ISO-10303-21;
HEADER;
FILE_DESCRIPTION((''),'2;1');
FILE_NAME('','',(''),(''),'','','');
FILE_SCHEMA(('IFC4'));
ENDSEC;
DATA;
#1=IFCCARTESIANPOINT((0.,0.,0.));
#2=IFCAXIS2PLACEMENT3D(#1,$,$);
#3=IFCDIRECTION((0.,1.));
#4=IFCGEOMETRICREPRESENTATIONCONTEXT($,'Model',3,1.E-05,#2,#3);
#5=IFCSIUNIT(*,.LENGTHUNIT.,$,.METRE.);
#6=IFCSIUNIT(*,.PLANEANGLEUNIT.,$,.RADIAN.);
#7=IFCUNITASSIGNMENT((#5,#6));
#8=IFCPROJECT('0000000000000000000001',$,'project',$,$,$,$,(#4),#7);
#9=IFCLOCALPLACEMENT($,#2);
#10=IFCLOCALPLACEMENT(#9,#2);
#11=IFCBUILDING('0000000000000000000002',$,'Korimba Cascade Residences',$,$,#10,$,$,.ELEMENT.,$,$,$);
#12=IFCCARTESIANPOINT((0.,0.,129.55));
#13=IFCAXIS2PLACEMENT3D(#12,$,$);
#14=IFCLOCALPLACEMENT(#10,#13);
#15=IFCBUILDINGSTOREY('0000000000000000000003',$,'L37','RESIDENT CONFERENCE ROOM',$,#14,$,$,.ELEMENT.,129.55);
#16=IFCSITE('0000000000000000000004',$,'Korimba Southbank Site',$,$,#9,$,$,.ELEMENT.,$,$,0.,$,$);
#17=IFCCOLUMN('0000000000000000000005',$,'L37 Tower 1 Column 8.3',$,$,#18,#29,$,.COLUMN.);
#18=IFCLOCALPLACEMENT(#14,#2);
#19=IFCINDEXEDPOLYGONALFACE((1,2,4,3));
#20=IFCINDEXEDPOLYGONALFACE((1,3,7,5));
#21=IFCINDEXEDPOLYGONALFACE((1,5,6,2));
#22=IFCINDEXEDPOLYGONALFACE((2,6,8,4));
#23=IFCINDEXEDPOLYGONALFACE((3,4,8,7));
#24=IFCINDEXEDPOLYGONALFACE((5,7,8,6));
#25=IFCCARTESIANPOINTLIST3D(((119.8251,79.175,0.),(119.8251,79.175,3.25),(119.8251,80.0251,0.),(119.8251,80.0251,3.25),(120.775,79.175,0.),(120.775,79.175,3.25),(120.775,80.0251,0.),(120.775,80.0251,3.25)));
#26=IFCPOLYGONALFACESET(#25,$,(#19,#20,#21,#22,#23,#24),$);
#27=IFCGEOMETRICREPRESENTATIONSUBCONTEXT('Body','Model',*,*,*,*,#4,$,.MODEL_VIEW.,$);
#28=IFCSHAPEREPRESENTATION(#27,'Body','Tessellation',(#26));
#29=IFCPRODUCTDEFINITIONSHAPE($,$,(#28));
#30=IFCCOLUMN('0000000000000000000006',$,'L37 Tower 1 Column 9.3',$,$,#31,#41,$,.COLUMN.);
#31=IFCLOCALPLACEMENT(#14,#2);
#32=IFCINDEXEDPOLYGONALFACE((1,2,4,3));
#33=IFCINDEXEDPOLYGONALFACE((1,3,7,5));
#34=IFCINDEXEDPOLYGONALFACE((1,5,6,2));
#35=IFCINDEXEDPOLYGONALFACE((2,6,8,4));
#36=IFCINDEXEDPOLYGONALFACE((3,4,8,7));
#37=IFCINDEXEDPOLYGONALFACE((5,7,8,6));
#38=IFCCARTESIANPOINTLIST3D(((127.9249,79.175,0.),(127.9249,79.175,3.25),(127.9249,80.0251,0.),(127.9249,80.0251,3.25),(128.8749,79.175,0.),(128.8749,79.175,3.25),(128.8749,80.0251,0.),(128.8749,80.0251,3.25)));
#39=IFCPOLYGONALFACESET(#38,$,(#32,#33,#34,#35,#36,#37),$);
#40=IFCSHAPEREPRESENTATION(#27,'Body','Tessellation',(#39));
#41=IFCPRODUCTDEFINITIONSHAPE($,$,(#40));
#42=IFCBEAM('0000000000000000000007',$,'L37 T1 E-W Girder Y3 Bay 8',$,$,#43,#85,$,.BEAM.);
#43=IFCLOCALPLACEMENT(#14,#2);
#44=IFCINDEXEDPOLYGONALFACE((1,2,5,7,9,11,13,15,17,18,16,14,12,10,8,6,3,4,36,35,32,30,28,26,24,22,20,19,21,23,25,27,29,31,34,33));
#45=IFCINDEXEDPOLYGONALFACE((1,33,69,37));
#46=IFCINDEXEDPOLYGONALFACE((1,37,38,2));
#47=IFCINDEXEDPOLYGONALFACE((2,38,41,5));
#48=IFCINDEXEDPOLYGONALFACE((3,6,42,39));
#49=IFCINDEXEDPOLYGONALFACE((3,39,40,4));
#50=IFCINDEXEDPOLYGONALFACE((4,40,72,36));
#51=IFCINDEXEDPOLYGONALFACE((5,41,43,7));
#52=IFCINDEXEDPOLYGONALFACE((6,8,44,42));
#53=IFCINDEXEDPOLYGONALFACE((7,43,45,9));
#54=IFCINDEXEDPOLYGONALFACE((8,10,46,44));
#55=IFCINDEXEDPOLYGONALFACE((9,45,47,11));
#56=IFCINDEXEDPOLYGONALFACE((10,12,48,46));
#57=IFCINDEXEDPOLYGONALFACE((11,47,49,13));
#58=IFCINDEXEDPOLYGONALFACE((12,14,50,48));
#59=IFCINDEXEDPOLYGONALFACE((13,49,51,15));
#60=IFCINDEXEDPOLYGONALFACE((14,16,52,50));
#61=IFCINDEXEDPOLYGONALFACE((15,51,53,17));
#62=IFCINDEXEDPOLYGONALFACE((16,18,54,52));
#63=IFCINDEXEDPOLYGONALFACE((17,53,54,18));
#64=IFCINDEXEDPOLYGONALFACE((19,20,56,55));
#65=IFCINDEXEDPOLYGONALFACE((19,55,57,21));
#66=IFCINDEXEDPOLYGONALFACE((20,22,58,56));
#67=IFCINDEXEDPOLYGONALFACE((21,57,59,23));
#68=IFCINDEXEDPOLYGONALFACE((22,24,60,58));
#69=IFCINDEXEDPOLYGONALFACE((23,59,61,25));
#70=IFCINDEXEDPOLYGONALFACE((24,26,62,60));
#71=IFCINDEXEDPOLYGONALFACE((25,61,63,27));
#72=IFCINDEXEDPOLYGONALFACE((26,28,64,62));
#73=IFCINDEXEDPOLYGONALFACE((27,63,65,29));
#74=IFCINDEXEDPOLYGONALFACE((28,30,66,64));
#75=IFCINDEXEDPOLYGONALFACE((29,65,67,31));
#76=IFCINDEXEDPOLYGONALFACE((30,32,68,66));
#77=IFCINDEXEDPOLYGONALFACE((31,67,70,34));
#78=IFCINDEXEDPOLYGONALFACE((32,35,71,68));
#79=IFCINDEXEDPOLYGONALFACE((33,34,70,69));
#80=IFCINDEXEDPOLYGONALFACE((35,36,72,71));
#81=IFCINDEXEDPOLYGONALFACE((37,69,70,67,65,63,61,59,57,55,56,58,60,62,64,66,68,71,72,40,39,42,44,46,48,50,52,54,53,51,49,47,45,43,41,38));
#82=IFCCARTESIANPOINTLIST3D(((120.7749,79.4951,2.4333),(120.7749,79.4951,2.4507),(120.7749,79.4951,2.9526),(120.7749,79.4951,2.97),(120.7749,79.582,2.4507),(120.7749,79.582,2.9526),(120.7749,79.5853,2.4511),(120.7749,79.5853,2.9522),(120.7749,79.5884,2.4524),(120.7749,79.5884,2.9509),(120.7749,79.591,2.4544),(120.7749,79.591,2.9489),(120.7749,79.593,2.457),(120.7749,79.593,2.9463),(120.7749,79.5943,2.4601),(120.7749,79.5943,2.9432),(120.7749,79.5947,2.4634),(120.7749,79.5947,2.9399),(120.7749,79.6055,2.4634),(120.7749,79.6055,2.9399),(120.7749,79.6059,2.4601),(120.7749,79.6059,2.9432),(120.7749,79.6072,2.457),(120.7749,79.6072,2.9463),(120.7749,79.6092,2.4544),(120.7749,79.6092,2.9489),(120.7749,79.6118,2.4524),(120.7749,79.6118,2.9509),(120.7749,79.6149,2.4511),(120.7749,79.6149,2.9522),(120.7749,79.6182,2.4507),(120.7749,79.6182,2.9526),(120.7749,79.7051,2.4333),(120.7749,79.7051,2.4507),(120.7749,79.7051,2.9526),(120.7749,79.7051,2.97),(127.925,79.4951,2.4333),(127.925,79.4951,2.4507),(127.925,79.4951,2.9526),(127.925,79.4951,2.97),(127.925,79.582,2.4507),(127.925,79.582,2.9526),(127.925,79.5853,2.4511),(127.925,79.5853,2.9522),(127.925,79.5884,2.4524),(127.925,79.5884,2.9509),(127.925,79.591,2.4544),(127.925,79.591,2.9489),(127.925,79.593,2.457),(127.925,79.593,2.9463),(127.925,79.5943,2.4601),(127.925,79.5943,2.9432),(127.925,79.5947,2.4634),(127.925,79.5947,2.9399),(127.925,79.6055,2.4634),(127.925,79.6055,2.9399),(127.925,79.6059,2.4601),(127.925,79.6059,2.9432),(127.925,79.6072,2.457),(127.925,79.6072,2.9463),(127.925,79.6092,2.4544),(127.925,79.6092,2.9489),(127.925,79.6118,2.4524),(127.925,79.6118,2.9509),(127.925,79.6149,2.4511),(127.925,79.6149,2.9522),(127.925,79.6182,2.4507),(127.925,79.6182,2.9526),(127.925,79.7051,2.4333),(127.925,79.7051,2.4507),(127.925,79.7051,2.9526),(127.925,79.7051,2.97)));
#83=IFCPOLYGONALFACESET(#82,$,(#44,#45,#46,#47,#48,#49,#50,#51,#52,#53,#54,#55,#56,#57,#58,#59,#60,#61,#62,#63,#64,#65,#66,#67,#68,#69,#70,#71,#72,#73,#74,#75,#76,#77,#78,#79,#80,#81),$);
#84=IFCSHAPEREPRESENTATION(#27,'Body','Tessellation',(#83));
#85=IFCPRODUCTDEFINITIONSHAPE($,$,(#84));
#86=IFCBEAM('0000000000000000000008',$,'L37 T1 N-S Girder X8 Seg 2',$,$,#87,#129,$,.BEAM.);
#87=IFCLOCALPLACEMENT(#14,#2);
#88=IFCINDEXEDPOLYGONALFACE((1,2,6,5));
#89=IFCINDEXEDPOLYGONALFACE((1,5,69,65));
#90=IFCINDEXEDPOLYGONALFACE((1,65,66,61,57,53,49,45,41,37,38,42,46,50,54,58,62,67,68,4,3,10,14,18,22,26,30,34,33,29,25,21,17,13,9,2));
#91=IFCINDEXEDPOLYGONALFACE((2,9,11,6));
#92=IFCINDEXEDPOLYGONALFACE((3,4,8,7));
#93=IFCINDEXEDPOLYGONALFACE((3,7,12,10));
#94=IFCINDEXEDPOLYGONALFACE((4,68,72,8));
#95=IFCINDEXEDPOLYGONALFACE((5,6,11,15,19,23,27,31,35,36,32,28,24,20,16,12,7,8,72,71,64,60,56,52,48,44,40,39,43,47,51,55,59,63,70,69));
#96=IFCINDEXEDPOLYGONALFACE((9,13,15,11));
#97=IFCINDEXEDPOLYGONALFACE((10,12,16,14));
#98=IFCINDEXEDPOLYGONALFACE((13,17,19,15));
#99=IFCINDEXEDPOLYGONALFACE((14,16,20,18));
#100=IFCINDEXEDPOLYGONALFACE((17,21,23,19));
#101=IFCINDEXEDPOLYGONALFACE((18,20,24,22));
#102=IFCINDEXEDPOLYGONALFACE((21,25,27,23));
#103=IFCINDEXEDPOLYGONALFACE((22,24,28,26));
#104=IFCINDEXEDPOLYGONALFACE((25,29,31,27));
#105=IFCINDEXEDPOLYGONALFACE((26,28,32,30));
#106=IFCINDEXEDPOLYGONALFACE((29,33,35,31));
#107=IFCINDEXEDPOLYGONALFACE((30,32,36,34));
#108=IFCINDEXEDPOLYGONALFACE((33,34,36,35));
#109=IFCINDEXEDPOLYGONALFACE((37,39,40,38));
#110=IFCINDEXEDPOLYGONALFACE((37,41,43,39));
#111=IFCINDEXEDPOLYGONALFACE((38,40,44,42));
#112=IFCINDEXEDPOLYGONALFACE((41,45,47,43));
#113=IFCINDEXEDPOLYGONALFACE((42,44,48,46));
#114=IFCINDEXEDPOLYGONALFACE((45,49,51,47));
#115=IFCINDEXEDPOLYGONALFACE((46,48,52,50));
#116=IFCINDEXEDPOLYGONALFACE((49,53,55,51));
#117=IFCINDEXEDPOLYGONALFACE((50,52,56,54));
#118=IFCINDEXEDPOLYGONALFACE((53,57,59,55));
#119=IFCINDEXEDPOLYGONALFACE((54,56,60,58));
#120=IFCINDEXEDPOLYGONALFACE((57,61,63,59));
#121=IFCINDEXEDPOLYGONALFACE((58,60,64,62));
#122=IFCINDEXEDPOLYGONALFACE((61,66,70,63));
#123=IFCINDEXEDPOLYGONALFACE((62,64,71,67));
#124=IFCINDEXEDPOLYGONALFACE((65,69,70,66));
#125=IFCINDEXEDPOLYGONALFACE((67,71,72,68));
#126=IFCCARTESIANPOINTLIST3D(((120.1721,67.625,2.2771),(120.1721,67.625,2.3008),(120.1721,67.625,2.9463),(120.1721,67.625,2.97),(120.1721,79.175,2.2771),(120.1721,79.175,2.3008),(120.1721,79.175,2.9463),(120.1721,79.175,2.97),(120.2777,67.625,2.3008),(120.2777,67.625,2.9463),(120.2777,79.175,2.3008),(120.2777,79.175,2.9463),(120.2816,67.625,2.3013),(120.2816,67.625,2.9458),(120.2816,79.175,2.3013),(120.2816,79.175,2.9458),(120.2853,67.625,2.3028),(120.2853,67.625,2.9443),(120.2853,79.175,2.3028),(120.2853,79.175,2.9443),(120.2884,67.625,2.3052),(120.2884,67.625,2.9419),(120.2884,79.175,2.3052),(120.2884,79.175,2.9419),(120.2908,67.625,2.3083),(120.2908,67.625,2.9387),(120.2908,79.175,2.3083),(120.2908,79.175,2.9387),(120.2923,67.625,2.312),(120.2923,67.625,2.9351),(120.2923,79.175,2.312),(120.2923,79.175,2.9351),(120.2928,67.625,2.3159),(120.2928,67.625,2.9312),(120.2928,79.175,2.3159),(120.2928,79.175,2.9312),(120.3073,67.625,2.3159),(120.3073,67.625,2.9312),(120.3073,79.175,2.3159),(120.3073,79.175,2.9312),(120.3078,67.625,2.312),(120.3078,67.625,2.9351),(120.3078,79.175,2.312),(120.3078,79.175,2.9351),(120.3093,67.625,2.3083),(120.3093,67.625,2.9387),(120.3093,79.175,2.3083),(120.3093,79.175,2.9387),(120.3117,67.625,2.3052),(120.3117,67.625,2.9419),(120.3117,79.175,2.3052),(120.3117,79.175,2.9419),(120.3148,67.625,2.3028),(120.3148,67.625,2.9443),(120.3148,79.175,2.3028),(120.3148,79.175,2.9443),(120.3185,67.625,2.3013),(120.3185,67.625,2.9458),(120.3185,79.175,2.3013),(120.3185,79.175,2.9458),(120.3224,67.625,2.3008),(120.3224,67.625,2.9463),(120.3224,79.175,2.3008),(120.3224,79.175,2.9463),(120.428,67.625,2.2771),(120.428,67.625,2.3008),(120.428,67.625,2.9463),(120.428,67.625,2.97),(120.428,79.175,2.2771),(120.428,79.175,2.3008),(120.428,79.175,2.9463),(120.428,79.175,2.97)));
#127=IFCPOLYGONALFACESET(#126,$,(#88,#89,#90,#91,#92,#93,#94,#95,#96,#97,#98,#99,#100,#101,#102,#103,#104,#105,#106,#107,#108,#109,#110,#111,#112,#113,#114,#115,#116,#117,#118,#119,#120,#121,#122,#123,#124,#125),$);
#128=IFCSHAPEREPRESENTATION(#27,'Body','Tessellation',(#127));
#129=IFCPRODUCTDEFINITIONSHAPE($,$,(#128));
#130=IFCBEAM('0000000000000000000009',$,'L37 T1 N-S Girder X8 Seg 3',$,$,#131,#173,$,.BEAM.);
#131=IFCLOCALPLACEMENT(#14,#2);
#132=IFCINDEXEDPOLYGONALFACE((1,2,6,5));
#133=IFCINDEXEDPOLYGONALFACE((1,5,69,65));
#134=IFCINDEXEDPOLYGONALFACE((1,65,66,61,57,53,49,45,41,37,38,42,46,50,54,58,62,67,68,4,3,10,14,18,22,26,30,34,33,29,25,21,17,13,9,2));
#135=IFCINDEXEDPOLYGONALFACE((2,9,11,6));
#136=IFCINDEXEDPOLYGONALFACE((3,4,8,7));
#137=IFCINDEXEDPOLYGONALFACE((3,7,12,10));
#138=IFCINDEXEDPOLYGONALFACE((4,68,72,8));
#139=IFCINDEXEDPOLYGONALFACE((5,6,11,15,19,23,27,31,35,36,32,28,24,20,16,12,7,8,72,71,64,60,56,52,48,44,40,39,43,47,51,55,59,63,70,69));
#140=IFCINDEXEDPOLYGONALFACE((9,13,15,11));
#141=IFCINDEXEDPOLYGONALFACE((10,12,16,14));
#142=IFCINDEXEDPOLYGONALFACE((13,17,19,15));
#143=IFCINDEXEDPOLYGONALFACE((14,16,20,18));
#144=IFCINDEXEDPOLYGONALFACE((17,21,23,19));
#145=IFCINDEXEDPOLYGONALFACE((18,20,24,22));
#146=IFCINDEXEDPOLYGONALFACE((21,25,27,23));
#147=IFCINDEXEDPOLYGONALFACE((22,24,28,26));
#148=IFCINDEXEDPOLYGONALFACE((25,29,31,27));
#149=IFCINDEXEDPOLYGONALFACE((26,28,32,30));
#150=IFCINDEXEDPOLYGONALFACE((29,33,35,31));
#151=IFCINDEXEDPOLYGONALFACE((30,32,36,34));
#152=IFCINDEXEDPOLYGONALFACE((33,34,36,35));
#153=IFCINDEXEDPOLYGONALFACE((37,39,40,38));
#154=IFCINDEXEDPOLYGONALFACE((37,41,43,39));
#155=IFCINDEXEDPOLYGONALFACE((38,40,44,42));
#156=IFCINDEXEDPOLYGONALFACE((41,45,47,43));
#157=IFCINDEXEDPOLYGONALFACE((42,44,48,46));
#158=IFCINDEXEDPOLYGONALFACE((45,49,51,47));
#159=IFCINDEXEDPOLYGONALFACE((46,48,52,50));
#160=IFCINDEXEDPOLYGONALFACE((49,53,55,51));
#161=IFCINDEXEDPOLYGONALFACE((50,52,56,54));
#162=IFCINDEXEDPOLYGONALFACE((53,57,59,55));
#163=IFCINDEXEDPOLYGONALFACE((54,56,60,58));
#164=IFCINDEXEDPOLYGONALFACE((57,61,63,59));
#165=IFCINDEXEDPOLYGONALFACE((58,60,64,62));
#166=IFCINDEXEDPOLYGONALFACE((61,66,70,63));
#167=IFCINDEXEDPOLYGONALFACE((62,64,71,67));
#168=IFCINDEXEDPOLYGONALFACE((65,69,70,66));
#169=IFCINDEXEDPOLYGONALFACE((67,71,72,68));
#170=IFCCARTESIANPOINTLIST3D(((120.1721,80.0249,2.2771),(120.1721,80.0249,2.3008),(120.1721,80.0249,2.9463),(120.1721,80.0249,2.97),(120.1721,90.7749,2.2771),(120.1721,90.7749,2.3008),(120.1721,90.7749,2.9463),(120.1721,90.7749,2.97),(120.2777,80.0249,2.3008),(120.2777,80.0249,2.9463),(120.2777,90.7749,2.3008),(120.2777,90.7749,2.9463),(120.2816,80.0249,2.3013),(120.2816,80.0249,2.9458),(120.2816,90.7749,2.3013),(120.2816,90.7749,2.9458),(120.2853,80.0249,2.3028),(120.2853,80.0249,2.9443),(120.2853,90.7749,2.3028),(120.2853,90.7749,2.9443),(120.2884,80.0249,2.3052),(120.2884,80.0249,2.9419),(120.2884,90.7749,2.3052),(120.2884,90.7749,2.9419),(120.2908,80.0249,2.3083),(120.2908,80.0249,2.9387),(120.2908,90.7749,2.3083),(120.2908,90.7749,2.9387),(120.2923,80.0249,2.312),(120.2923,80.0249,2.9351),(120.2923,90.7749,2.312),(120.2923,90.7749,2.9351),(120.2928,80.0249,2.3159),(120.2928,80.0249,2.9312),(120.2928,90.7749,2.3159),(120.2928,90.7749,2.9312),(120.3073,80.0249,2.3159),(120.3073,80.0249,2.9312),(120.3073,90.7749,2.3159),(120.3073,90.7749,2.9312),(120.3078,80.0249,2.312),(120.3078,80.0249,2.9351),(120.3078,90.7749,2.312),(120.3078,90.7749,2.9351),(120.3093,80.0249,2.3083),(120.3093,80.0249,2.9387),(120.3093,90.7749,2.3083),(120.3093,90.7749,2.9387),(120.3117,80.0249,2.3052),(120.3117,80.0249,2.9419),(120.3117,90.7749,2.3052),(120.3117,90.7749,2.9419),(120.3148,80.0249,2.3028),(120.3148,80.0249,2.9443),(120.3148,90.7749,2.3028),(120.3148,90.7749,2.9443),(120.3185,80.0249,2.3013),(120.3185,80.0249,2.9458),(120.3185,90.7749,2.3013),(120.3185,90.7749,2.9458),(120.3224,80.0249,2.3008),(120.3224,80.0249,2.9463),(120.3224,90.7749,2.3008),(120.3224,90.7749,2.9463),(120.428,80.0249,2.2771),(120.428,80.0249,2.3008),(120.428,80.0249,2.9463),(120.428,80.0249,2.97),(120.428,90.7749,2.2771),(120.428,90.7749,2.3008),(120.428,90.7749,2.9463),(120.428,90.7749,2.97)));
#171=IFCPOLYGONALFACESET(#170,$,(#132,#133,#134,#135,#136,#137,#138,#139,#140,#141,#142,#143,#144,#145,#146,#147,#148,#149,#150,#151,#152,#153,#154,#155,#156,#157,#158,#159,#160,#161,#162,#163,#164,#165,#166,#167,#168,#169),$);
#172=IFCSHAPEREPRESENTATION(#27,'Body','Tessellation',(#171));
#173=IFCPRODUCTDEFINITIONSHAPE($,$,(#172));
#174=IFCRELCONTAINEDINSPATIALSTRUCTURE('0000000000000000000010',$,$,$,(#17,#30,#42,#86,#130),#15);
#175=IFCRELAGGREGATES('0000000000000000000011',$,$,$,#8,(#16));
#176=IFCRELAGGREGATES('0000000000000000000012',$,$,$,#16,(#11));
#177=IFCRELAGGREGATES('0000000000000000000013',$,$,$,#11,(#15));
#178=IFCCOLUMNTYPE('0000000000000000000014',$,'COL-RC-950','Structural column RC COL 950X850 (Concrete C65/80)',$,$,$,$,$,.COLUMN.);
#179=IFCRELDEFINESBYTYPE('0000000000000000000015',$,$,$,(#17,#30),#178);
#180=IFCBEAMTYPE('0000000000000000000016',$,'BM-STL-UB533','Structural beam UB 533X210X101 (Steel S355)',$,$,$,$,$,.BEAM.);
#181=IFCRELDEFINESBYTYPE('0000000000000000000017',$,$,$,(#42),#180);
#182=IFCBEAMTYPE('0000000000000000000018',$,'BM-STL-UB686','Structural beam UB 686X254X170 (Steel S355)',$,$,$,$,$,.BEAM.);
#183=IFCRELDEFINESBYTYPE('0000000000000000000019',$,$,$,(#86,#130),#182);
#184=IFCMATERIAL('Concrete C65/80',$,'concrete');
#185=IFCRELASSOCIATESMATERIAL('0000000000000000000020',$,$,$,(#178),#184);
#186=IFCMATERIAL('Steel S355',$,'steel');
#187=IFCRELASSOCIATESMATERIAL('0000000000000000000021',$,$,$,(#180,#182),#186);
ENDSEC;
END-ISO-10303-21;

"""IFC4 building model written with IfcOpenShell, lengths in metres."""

from ifc_helpers import new_model, si_unit, direction, frame, origin, origin_2d, place, context, subcontext, project, spatial, rectangle, i_section, extrude, material, material_profile, profile_set, type_object, element, save


model = new_model("IFC4")

# Units and contexts
model_context = context("Model", 3, precision=1e-05, world=origin(), true_north=direction((0.0, 1.0)))
body_context = subcontext(model_context, "Body", "Model", "MODEL_VIEW")
ifc_project = project(units=[si_unit("LENGTHUNIT", "METRE"), si_unit("PLANEANGLEUNIT", "RADIAN")], contexts=[model_context])

# Site, building, storey
site_placement = place(None, origin())
site = spatial("IfcSite", under=ifc_project, at=site_placement, Name="Korimba Southbank Site", CompositionType="ELEMENT", RefElevation=0.0)
building_placement = place(site_placement, origin())
building = spatial("IfcBuilding", under=site, at=building_placement, Name="Korimba Cascade Residences", CompositionType="ELEMENT")
storey_placement = place(building_placement, frame((0.0, 0.0, 129.55)))
storey = spatial("IfcBuildingStorey", under=building, at=storey_placement, Name="L37", Description="RESIDENT CONFERENCE ROOM", CompositionType="ELEMENT", Elevation=129.55)

# Columns
ifc_material_1 = material(Name="Concrete C65/80", Category="concrete")
ifc_material_profile_1 = material_profile(ifc_material_1, rectangle(XDim=0.95, YDim=0.8501, at=origin_2d()), Name="Concrete C65/80")
ifc_profile_set_1 = profile_set([ifc_material_profile_1], Name="Concrete C65/80")
column_type = type_object("IfcColumnType", Name="COL-RC-950", Description="Structural column RC COL 950X850 (Concrete C65/80)", PredefinedType="COLUMN", material=ifc_profile_set_1)
for number, where, z_axis, x_axis, name in (
    (1, (120.3, 79.6001, 0.0), (0.0, 0.0, 1.0), (1.0, 0.0, 0.0), "L37 Tower 1 Column 8.3"),
    (2, (128.3999, 79.6001, 0.0), (0.0, 0.0, 1.0), (1.0, 0.0, 0.0), "L37 Tower 1 Column 9.3"),
):
    element("IfcColumn", number, at=place(storey_placement, frame(where, z_axis=z_axis, x_axis=x_axis)), inside=storey, type_object=column_type, Name=name, PredefinedType="COLUMN", context=body_context, shape_type="SweptSolid", body=[
        extrude(rectangle(XDim=0.95, YDim=0.8501, at=origin_2d()), origin(), (0.0, 0.0, 1.0), 3.25),
    ])

# Beams
ifc_material_2 = material(Name="Steel S355", Category="steel")
ifc_material_profile_2 = material_profile(ifc_material_2, i_section(OverallWidth=0.21, OverallDepth=0.5366, WebThickness=0.0107, FlangeThickness=0.0173, FilletRadius=0.0127, at=origin_2d()), Name="Steel S355")
ifc_profile_set_2 = profile_set([ifc_material_profile_2], Name="Steel S355")
beam_type_1 = type_object("IfcBeamType", Name="BM-STL-UB533", Description="Structural beam UB 533X210X101 (Steel S355)", PredefinedType="BEAM", material=ifc_profile_set_2)
beam_1_placement = place(storey_placement, frame((120.7749, 79.6001, 2.7017), z_axis=(1.0, 0.0, 0.0), x_axis=(0.0, 1.0, 0.0)))
element("IfcBeam", 3, at=beam_1_placement, inside=storey, type_object=beam_type_1, Name="L37 T1 E-W Girder Y3 Bay 8", PredefinedType="BEAM", context=body_context, shape_type="SweptSolid", body=[
    extrude(i_section(OverallWidth=0.21, OverallDepth=0.5366, WebThickness=0.0107, FlangeThickness=0.0173, FilletRadius=0.0127, at=origin_2d()), origin(), (0.0, 0.0, 1.0), 7.1501),
])
ifc_material_profile_3 = material_profile(ifc_material_2, i_section(OverallWidth=0.2559, OverallDepth=0.6929, WebThickness=0.0144, FlangeThickness=0.0237, FilletRadius=0.0151, at=origin_2d()), Name="Steel S355")
ifc_profile_set_3 = profile_set([ifc_material_profile_3], Name="Steel S355")
beam_type_2 = type_object("IfcBeamType", Name="BM-STL-UB686", Description="Structural beam UB 686X254X170 (Steel S355)", PredefinedType="BEAM", material=ifc_profile_set_3)
beam_2_placement = place(storey_placement, frame((120.3, 67.625, 2.6235), z_axis=(0.0, 1.0, 0.0), x_axis=(-1.0, 0.0, 0.0)))
element("IfcBeam", 4, at=beam_2_placement, inside=storey, type_object=beam_type_2, Name="L37 T1 N-S Girder X8 Seg 2", PredefinedType="BEAM", context=body_context, shape_type="SweptSolid", body=[
    extrude(i_section(OverallWidth=0.2559, OverallDepth=0.6929, WebThickness=0.0144, FlangeThickness=0.0237, FilletRadius=0.0151, at=origin_2d()), origin(), (0.0, 0.0, 1.0), 11.55),
])
beam_3_placement = place(storey_placement, frame((120.3, 80.0249, 2.6235), z_axis=(0.0, 1.0, 0.0), x_axis=(-1.0, 0.0, 0.0)))
element("IfcBeam", 5, at=beam_3_placement, inside=storey, type_object=beam_type_2, Name="L37 T1 N-S Girder X8 Seg 3", PredefinedType="BEAM", context=body_context, shape_type="SweptSolid", body=[
    extrude(i_section(OverallWidth=0.2559, OverallDepth=0.6929, WebThickness=0.0144, FlangeThickness=0.0237, FilletRadius=0.0151, at=origin_2d()), origin(), (0.0, 0.0, 1.0), 10.75),
])

save(model, "model.ifc")
